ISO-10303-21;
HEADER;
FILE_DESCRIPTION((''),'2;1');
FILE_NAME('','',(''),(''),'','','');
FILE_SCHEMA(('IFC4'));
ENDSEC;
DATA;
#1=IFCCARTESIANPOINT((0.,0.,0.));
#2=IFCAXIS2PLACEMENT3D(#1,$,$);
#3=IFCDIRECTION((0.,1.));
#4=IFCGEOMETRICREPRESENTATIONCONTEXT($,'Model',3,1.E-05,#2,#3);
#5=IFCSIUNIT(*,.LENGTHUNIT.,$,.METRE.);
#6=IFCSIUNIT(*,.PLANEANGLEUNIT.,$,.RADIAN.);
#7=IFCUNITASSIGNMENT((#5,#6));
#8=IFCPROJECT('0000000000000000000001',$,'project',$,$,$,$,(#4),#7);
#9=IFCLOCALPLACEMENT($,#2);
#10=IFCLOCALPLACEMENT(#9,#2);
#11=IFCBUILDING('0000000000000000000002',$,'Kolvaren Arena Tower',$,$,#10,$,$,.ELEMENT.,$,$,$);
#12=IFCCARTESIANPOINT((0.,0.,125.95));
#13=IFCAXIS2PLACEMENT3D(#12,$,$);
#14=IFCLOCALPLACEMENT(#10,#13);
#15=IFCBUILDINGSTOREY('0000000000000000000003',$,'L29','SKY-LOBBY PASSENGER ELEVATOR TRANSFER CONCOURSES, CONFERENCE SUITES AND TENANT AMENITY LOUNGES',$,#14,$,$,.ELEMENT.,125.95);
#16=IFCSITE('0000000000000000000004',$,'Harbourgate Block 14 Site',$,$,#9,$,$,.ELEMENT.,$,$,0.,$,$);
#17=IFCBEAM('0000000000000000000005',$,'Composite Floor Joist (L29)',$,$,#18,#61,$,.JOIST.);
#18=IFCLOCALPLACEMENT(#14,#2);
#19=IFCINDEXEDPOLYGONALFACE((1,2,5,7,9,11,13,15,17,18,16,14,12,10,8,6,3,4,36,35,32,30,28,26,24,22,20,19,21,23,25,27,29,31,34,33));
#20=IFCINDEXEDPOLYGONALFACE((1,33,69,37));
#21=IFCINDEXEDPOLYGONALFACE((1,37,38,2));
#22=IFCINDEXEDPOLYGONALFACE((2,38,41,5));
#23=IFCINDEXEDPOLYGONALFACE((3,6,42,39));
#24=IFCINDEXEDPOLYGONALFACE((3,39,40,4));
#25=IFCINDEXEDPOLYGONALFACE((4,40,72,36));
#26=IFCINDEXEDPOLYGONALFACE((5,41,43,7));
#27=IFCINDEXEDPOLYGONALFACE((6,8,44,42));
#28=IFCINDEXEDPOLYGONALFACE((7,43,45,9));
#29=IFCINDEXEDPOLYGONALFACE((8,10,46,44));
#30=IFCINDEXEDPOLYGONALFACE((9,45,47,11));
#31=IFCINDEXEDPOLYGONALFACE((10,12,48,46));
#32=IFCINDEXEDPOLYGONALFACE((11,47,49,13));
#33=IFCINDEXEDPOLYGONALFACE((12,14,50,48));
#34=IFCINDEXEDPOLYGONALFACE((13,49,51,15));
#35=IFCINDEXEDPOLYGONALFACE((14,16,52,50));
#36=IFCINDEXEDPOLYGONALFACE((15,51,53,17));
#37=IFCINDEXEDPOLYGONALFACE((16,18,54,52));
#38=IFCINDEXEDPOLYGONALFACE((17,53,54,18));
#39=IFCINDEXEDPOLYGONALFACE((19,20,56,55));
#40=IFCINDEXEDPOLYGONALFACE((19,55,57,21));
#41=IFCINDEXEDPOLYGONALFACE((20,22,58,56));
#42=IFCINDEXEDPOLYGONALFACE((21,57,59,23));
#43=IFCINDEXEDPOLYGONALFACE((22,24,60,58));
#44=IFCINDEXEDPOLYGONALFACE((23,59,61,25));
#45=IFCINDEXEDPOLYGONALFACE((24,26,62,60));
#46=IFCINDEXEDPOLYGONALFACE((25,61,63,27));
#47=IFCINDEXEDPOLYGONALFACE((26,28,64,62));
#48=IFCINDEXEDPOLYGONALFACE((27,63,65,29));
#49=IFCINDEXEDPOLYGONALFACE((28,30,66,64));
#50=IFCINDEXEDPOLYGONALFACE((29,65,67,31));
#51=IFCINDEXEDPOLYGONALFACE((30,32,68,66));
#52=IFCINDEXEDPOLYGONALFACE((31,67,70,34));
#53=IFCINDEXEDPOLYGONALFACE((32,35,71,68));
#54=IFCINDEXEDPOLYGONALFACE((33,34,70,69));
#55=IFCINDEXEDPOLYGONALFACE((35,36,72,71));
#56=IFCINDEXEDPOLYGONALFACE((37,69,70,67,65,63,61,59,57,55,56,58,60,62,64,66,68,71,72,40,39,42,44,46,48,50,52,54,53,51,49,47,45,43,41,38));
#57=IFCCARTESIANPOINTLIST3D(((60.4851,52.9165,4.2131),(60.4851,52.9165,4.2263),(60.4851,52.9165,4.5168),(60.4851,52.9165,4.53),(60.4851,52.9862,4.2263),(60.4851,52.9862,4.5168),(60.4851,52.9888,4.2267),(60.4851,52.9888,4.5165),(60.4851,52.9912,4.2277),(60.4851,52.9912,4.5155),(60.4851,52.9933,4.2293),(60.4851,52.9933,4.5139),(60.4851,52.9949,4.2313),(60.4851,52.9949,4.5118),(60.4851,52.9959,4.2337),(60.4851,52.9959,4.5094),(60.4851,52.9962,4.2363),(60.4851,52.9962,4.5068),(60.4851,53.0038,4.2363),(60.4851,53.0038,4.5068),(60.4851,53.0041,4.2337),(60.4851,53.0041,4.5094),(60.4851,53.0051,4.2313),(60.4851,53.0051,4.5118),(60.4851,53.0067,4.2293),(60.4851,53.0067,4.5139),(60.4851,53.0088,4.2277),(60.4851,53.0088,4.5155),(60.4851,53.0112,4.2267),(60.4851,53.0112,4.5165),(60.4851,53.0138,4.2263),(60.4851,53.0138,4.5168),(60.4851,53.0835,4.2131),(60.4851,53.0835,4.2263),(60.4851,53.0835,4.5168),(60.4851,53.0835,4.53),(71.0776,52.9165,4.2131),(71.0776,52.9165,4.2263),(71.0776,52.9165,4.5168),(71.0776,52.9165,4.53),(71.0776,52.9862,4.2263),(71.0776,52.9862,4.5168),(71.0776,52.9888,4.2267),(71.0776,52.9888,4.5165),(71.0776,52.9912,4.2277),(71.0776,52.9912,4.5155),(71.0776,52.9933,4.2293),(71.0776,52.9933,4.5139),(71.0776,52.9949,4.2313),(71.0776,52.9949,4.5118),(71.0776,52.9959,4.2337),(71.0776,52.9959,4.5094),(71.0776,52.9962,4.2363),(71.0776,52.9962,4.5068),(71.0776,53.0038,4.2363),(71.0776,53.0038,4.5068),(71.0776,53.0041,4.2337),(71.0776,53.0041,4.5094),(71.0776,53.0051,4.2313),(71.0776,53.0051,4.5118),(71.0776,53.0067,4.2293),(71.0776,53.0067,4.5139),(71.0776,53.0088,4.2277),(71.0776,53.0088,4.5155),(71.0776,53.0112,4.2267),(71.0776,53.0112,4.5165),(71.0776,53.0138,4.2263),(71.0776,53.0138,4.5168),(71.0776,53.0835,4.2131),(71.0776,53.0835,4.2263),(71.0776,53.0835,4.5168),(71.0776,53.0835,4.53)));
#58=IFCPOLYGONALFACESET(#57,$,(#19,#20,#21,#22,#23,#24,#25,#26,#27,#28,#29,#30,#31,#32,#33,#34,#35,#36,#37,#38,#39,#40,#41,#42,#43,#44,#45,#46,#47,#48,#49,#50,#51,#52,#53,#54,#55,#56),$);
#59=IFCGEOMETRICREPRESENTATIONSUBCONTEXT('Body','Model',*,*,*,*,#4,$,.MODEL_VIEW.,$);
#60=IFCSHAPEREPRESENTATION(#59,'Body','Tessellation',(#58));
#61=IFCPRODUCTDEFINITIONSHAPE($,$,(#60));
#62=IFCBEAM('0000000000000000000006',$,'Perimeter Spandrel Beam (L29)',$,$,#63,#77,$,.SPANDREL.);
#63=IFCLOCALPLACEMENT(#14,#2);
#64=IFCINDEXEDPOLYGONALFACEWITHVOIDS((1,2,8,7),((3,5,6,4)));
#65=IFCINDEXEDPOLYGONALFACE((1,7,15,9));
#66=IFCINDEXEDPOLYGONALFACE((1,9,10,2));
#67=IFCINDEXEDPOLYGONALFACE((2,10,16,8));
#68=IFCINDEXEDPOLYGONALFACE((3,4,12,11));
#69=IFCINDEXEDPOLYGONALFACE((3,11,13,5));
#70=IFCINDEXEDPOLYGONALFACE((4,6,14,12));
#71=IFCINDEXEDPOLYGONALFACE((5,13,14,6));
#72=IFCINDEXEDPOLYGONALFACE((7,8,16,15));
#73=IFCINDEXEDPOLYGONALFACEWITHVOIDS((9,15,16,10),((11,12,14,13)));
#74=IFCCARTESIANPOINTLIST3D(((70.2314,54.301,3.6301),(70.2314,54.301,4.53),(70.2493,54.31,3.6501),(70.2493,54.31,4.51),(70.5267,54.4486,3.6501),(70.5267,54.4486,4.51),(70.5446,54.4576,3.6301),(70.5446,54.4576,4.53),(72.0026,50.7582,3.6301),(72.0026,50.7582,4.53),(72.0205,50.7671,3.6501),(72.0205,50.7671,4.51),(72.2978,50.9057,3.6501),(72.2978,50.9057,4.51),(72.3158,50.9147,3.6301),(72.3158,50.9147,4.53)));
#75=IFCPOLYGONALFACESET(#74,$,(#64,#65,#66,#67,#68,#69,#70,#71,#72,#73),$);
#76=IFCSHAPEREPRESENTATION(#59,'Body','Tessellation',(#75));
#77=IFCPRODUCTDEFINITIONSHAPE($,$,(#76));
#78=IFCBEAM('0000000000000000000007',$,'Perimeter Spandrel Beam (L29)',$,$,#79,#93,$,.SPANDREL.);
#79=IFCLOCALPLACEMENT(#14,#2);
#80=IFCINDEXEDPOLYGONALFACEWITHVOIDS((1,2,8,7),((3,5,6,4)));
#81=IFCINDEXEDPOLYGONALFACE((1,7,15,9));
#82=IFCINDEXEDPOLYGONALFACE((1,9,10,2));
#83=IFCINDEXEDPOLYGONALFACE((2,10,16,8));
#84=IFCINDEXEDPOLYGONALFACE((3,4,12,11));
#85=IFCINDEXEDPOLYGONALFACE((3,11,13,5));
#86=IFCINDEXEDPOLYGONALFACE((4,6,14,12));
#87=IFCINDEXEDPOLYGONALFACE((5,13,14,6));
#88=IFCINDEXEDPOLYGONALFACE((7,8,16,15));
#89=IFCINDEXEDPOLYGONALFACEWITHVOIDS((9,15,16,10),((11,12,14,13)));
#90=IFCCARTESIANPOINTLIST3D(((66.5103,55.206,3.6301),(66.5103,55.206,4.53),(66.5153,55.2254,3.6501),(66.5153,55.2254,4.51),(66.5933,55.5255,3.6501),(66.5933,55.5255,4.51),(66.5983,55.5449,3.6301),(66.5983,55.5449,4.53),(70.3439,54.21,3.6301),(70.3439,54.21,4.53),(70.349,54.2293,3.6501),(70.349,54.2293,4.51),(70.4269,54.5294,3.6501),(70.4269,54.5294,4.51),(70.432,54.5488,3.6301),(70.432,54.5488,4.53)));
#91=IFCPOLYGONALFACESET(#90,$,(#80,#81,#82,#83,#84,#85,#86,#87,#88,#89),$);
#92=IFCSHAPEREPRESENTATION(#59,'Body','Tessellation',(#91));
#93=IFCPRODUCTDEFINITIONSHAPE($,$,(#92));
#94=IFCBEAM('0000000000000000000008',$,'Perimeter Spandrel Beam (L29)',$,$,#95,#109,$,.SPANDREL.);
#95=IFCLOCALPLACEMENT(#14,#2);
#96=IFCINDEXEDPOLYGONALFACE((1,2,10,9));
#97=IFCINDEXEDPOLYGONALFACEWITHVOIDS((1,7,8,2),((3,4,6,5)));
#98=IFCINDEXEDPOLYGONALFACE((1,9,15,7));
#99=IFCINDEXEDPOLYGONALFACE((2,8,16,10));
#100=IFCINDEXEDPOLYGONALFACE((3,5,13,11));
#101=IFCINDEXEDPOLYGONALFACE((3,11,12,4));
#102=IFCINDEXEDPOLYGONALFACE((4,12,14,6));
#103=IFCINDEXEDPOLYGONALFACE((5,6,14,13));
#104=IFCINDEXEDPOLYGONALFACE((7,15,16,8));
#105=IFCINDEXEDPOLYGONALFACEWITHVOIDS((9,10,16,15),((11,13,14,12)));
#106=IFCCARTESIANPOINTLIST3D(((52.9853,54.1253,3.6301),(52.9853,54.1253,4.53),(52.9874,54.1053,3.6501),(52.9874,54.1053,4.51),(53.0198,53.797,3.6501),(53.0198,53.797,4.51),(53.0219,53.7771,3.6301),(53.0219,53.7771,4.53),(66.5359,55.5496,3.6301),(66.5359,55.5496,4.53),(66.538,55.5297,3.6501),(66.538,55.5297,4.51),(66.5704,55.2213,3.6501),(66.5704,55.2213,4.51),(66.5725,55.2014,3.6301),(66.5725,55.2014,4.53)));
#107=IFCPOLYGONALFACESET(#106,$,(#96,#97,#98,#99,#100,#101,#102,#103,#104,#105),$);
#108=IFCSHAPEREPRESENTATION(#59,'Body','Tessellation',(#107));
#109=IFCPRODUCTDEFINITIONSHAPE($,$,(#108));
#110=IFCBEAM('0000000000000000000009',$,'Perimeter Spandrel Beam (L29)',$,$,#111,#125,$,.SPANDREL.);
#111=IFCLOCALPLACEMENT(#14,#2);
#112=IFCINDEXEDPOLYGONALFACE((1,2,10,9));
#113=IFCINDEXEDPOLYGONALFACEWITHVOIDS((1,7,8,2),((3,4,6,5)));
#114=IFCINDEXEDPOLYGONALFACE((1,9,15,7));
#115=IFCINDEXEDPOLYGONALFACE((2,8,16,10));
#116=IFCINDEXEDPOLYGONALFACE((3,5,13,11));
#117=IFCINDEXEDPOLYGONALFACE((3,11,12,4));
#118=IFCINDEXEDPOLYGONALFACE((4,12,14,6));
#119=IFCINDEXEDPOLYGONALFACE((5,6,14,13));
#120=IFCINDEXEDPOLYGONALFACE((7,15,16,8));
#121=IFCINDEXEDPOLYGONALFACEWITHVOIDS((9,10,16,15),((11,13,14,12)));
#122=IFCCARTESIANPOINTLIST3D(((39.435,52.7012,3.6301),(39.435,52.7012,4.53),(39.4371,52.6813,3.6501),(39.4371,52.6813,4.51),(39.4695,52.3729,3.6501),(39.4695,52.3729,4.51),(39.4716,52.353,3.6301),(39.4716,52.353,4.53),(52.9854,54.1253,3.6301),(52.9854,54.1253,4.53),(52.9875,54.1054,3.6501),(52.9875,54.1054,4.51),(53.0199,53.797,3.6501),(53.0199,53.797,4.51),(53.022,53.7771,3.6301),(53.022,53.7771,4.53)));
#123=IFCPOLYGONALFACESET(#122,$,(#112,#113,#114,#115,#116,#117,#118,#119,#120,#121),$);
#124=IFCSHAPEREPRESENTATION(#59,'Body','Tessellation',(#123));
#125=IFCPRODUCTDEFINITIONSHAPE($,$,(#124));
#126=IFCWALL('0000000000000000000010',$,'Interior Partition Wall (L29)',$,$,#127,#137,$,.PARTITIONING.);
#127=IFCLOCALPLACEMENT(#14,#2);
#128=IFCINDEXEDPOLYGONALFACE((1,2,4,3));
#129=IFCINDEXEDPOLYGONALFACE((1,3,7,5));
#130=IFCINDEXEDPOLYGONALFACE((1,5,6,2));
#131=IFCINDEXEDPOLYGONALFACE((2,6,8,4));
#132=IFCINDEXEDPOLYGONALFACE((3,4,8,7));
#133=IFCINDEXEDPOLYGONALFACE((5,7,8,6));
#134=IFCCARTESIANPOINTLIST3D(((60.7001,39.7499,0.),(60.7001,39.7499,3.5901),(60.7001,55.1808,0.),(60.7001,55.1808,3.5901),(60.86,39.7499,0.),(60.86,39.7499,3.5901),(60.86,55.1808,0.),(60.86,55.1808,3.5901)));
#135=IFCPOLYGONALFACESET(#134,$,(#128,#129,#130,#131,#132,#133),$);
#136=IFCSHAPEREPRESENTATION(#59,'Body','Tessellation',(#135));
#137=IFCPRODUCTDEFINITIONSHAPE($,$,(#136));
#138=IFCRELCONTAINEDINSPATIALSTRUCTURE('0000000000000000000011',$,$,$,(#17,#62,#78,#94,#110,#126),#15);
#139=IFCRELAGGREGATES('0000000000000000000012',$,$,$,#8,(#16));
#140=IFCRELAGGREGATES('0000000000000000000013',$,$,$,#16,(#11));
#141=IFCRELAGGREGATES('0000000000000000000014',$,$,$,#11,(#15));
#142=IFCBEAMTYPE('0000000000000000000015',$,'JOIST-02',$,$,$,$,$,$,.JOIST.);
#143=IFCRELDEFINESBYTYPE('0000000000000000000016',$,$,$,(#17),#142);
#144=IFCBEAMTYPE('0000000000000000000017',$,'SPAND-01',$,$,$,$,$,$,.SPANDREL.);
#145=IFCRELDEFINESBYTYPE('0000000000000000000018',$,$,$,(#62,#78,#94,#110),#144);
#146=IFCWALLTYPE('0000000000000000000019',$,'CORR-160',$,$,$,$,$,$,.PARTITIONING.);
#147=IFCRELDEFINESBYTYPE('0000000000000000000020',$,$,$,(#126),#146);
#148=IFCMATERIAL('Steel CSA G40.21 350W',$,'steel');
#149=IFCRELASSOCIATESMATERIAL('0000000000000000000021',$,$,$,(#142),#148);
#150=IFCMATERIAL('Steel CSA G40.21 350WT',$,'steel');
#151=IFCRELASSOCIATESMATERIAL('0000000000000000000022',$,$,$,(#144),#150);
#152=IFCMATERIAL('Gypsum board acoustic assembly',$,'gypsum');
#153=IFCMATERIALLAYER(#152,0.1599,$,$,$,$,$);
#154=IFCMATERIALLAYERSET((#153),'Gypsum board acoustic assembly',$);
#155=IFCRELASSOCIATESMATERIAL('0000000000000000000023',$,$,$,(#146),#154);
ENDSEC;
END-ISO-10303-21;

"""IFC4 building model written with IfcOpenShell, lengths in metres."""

from ifc_helpers import new_model, si_unit, direction, frame, frame_2d, origin, origin_2d, place, context, subcontext, project, spatial, rectangle, hollow_rectangle, i_section, extrude, material, layer, layer_set, material_profile, profile_set, type_object, element, save


model = new_model("IFC4")

# Units and contexts
model_context = context("Model", 3, precision=1e-05, world=origin(), true_north=direction((0.0, 1.0)))
body_context = subcontext(model_context, "Body", "Model", "MODEL_VIEW")
ifc_project = project(units=[si_unit("LENGTHUNIT", "METRE"), si_unit("PLANEANGLEUNIT", "RADIAN")], contexts=[model_context])

# Site, building, storey
site_placement = place(None, origin())
site = spatial("IfcSite", under=ifc_project, at=site_placement, Name="Harbourgate Block 14 Site", CompositionType="ELEMENT", RefElevation=0.0)
building_placement = place(site_placement, origin())
building = spatial("IfcBuilding", under=site, at=building_placement, Name="Kolvaren Arena Tower", CompositionType="ELEMENT")
storey_placement = place(building_placement, frame((0.0, 0.0, 125.95)))
storey = spatial("IfcBuildingStorey", under=building, at=storey_placement, Name="L29", Description="SKY-LOBBY PASSENGER ELEVATOR TRANSFER CONCOURSES, CONFERENCE SUITES AND TENANT AMENITY LOUNGES", CompositionType="ELEMENT", Elevation=125.95)

# Beams
ifc_material_1 = material(Name="Steel CSA G40.21 350W", Category="steel")
ifc_material_profile_1 = material_profile(ifc_material_1, i_section(OverallWidth=0.167, OverallDepth=0.3169, WebThickness=0.0076, FlangeThickness=0.0132, FilletRadius=0.01, at=origin_2d()), Name="W310x52")
ifc_profile_set_1 = profile_set([ifc_material_profile_1], Name="Steel CSA G40.21 350W")
beam_type_1 = type_object("IfcBeamType", Name="JOIST-02", PredefinedType="JOIST", material=ifc_profile_set_1)
beam_1_placement = place(storey_placement, frame((60.4851, 53.0, 4.3716), z_axis=(1.0, 0.0, 0.0), x_axis=(0.0, 1.0, 0.0)))
element("IfcBeam", 1, at=beam_1_placement, inside=storey, type_object=beam_type_1, Name="Composite Floor Joist (L29)", PredefinedType="JOIST", context=body_context, shape_type="SweptSolid", body=[
    extrude(i_section(OverallWidth=0.167, OverallDepth=0.3169, WebThickness=0.0076, FlangeThickness=0.0132, FilletRadius=0.01, at=origin_2d()), origin(), (0.0, 0.0, 1.0), 10.5925),
])
ifc_material_2 = material(Name="Steel CSA G40.21 350WT", Category="steel")
ifc_material_profile_2 = material_profile(ifc_material_2, hollow_rectangle(XDim=0.3501, YDim=0.8999, WallThickness=0.02, at=origin_2d()), Name="HSS 900x350x20")
ifc_profile_set_2 = profile_set([ifc_material_profile_2], Name="Steel CSA G40.21 350WT")
beam_type_2 = type_object("IfcBeamType", Name="SPAND-01", PredefinedType="SPANDREL", material=ifc_profile_set_2)
for number, where, z_axis, x_axis, name in (
    (2, (72.1592, 50.8364, 4.0801), (-0.447164, 0.894452, 0.0), (-0.894452, -0.447164, 0.0), "Perimeter Spandrel Beam (L29)"),
    (3, (70.3879, 54.3794, 4.0801), (-0.967864, 0.251473, 0.0), (-0.251473, -0.967864, 0.0), "Perimeter Spandrel Beam (L29)"),
):
    element("IfcBeam", number, at=place(storey_placement, frame(where, z_axis=z_axis, x_axis=x_axis)), inside=storey, type_object=beam_type_2, Name=name, PredefinedType="SPANDREL", context=body_context, shape_type="SweptSolid", body=[
        extrude(hollow_rectangle(XDim=0.3501, YDim=0.8999, WallThickness=0.02, at=origin_2d()), origin(), (0.0, 0.0, 1.0), 3.9609),
    ])
beam_2_placement = place(storey_placement, frame((66.5542, 55.3755, 4.0801), z_axis=(-0.994521, -0.104536, 0.0), x_axis=(0.104536, -0.994521, 0.0)))
element("IfcBeam", 4, at=beam_2_placement, inside=storey, type_object=beam_type_2, Name="Perimeter Spandrel Beam (L29)", PredefinedType="SPANDREL", context=body_context, shape_type="SweptSolid", body=[
    extrude(hollow_rectangle(XDim=0.3501, YDim=0.8999, WallThickness=0.02, at=origin_2d()), origin(), (0.0, 0.0, 1.0), 13.6252),
])
beam_3_placement = place(storey_placement, frame((53.0037, 53.9512, 4.0801), z_axis=(-0.994523, -0.10452, 0.0), x_axis=(0.10452, -0.994523, 0.0)))
element("IfcBeam", 5, at=beam_3_placement, inside=storey, type_object=beam_type_2, Name="Perimeter Spandrel Beam (L29)", PredefinedType="SPANDREL", context=body_context, shape_type="SweptSolid", body=[
    extrude(hollow_rectangle(XDim=0.3501, YDim=0.8999, WallThickness=0.02, at=origin_2d()), origin(), (0.0, 0.0, 1.0), 13.625),
])

# Wall
ifc_material_3 = material(Name="Gypsum board acoustic assembly", Category="gypsum")
ifc_layer_1 = layer(ifc_material_3, 0.1599)
ifc_layer_set_1 = layer_set([ifc_layer_1], Name="Gypsum board acoustic assembly")
wall_type_1 = type_object("IfcWallType", Name="CORR-160", PredefinedType="PARTITIONING", material=ifc_layer_set_1)
wall_1_placement = place(storey_placement, frame((60.78, 39.75, 0.0), z_axis=(0.0, 0.0, 1.0), x_axis=(0.0, 1.0, 0.0)))
element("IfcWall", 6, at=wall_1_placement, inside=storey, type_object=wall_type_1, Name="Interior Partition Wall (L29)", PredefinedType="PARTITIONING", context=body_context, shape_type="SweptSolid", body=[
    extrude(rectangle(XDim=15.4309, YDim=0.1599, at=frame_2d((7.7153, 0.0))), origin(), (0.0, 0.0, 1.0), 3.5901),
])

save(model, "model.ifc")
